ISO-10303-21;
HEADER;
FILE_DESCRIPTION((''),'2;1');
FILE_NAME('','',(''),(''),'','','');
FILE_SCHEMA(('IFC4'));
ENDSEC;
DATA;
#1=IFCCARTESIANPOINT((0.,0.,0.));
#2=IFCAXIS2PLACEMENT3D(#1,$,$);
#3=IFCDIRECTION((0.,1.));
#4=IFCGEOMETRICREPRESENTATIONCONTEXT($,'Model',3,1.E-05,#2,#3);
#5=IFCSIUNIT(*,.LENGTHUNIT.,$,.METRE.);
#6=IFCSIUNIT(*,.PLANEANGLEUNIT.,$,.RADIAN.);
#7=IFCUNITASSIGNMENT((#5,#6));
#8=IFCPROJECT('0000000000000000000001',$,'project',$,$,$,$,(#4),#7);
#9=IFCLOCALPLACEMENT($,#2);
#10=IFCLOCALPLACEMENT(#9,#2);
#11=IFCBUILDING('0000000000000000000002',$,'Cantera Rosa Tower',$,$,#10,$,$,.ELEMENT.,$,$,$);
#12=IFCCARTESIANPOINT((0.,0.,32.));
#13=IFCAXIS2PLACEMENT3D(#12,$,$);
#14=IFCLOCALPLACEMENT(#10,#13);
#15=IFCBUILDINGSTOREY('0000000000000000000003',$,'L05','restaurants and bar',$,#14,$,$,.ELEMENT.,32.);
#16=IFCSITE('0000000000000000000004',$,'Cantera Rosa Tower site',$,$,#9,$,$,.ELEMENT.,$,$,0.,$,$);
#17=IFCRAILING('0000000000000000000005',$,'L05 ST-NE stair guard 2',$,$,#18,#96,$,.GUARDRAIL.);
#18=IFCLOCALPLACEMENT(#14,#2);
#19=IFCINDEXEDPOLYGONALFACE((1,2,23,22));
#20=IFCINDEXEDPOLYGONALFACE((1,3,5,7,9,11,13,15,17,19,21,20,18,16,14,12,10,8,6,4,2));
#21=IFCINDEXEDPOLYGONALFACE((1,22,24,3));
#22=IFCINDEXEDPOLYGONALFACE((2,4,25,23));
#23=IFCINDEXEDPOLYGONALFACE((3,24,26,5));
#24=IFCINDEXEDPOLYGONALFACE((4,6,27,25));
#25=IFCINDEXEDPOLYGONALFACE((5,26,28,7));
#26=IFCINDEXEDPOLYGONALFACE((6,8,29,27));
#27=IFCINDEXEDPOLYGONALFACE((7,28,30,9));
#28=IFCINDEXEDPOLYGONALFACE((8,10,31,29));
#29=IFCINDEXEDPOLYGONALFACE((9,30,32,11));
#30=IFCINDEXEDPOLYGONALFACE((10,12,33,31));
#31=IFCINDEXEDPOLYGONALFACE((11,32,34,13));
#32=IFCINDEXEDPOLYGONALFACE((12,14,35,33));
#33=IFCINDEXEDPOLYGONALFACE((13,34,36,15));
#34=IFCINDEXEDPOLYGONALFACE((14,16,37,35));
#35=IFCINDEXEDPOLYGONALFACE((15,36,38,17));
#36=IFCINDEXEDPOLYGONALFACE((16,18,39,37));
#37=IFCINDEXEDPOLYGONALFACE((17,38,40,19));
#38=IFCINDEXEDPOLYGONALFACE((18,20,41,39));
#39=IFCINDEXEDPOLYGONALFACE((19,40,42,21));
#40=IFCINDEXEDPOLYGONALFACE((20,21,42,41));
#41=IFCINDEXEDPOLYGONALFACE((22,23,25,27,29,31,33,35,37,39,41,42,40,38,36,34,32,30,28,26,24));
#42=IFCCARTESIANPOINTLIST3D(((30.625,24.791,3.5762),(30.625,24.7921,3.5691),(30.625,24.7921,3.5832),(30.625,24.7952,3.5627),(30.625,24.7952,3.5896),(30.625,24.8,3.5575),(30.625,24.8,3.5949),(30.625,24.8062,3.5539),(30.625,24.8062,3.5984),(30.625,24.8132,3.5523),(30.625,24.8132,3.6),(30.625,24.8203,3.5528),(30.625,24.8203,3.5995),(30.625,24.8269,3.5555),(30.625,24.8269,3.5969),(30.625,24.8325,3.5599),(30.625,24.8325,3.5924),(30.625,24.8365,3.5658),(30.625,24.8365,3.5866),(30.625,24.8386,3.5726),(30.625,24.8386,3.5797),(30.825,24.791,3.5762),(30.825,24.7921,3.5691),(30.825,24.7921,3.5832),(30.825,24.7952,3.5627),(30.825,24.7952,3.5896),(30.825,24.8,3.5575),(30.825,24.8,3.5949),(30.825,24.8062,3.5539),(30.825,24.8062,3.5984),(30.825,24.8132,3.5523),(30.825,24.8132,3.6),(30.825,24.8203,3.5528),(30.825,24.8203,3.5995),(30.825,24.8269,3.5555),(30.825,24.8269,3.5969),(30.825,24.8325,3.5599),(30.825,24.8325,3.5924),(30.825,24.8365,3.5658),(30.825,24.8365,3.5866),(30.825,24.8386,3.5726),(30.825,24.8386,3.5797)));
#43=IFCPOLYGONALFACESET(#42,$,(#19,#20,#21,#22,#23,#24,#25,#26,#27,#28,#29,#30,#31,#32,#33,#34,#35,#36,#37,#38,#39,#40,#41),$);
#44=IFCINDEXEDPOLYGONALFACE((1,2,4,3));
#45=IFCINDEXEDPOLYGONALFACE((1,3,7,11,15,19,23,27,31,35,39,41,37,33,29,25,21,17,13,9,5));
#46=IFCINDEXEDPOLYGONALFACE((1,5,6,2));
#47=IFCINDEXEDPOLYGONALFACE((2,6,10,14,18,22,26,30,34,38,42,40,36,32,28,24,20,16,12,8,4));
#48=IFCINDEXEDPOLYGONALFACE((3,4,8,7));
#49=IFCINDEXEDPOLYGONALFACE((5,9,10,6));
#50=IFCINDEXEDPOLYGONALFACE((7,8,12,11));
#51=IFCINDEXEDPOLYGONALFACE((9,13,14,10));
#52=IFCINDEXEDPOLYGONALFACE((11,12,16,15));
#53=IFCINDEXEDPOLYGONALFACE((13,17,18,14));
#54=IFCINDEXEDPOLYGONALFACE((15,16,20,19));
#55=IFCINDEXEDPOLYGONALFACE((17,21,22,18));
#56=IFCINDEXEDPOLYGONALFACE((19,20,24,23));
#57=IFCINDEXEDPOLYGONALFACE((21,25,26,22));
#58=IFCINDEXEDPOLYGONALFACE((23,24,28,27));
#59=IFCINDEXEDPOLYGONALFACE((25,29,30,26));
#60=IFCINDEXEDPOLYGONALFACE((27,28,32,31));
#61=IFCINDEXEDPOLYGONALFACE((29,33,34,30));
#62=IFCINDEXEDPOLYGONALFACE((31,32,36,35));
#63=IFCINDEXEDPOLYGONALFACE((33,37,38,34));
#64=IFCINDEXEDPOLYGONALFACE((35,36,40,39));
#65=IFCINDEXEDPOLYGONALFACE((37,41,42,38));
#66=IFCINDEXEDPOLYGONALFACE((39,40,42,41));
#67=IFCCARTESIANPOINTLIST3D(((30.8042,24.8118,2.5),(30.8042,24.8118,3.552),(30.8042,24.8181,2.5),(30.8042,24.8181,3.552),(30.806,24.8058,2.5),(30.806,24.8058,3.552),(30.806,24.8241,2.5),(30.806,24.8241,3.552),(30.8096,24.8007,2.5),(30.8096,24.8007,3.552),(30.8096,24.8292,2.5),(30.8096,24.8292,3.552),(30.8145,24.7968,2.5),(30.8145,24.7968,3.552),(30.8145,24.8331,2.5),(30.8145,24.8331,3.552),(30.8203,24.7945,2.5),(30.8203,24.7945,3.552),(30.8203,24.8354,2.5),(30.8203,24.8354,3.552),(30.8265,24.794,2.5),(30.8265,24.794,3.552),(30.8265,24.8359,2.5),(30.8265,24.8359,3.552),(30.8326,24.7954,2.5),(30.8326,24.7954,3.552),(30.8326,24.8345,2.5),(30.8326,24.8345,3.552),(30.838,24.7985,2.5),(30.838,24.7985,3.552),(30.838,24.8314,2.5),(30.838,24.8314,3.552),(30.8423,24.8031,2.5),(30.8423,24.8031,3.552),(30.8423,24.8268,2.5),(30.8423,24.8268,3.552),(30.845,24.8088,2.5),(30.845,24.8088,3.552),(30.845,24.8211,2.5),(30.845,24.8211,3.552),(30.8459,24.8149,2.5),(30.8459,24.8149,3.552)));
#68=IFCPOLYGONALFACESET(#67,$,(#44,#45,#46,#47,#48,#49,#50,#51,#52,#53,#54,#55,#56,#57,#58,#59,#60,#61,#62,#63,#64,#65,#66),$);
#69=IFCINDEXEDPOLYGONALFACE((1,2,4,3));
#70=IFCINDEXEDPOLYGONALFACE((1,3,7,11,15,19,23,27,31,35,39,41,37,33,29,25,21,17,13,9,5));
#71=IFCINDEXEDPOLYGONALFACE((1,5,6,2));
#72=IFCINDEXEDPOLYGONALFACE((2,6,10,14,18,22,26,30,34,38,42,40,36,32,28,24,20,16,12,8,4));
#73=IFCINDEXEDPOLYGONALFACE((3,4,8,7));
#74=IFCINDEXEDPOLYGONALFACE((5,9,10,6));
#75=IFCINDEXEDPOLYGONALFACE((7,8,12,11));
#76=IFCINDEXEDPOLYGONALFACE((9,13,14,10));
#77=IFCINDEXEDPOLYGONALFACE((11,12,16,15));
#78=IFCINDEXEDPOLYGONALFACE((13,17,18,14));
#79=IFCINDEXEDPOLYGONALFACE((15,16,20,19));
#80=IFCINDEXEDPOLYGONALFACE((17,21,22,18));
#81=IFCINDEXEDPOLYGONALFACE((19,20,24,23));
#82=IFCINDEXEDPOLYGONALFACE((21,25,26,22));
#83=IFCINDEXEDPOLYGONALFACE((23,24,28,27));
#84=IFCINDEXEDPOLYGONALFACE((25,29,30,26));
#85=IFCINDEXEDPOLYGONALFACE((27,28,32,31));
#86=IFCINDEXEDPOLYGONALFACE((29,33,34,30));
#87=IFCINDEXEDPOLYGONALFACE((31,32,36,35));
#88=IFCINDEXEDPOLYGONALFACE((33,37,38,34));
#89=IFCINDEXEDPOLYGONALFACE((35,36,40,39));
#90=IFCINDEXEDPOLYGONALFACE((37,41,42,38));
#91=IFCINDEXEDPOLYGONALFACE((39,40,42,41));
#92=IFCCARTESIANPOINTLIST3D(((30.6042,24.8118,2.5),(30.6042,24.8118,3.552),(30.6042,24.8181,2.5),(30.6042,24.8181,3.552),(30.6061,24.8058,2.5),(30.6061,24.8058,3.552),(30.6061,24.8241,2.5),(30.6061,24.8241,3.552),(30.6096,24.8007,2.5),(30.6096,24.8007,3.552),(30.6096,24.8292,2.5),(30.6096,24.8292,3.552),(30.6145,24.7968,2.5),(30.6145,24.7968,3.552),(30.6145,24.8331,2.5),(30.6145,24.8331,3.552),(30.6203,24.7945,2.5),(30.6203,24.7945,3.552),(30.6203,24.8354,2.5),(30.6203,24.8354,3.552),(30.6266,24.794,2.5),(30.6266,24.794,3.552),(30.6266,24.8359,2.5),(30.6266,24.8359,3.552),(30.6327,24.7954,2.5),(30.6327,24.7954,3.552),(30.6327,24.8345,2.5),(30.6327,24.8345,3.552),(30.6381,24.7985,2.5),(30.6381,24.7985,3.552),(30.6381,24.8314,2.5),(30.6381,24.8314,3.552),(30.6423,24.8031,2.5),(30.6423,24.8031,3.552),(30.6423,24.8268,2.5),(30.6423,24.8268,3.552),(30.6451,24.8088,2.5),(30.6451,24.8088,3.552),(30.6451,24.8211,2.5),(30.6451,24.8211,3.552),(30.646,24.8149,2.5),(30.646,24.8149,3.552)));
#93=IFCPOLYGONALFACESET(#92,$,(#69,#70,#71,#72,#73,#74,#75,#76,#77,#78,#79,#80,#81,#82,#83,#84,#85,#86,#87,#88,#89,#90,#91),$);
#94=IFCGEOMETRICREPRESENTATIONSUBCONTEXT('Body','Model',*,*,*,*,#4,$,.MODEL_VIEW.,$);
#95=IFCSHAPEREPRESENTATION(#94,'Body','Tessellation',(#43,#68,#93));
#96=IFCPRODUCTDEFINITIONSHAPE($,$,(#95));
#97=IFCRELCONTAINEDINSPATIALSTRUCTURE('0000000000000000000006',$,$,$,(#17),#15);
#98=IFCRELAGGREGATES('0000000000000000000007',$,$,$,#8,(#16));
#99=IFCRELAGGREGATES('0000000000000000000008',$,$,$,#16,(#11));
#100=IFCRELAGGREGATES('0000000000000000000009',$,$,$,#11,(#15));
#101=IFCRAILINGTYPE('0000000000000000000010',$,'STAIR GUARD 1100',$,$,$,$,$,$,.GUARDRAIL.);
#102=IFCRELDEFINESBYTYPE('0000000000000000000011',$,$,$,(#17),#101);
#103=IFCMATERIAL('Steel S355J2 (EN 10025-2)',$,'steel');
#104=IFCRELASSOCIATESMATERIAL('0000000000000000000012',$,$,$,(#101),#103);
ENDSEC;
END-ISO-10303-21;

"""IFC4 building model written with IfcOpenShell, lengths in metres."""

from ifc_helpers import new_model, si_unit, direction, frame, origin, origin_2d, place, context, subcontext, project, spatial, circle, extrude, material, type_object, element, save


model = new_model("IFC4")

# Units and contexts
model_context = context("Model", 3, precision=1e-05, world=origin(), true_north=direction((0.0, 1.0)))
body_context = subcontext(model_context, "Body", "Model", "MODEL_VIEW")
ifc_project = project(units=[si_unit("LENGTHUNIT", "METRE"), si_unit("PLANEANGLEUNIT", "RADIAN")], contexts=[model_context])

# Site, building, storey
site_placement = place(None, origin())
site = spatial("IfcSite", under=ifc_project, at=site_placement, Name="Cantera Rosa Tower site", CompositionType="ELEMENT", RefElevation=0.0)
building_placement = place(site_placement, origin())
building = spatial("IfcBuilding", under=site, at=building_placement, Name="Cantera Rosa Tower", CompositionType="ELEMENT")
storey_placement = place(building_placement, frame((0.0, 0.0, 32.0)))
storey = spatial("IfcBuildingStorey", under=building, at=storey_placement, Name="L05", Description="restaurants and bar", CompositionType="ELEMENT", Elevation=32.0)

# Railing
ifc_material_1 = material(Name="Steel S355J2 (EN 10025-2)", Category="steel")
railing_type_1 = type_object("IfcRailingType", Name="STAIR GUARD 1100", PredefinedType="GUARDRAIL", material=ifc_material_1)
railing_1_placement = place(storey_placement, frame((30.825, 24.8149, 2.5)))
element("IfcRailing", 1, at=railing_1_placement, inside=storey, type_object=railing_type_1, Name="L05 ST-NE stair guard 2", PredefinedType="GUARDRAIL", context=body_context, shape_type="SweptSolid", body=[
    extrude(circle(Radius=0.0239, at=origin_2d()), frame((0.0, 0.0, 1.0762), z_axis=(-1.0, 0.0, 0.0), x_axis=(0.0, -1.0, 0.0)), (0.0, 0.0, 1.0), 0.2),
    extrude(circle(Radius=0.021, at=origin_2d()), origin(), (0.0, 0.0, 1.0), 1.052),
    extrude(circle(Radius=0.021, at=origin_2d()), frame((-0.2, 0.0, 0.0)), (0.0, 0.0, 1.0), 1.052),
])

save(model, "model.ifc")
